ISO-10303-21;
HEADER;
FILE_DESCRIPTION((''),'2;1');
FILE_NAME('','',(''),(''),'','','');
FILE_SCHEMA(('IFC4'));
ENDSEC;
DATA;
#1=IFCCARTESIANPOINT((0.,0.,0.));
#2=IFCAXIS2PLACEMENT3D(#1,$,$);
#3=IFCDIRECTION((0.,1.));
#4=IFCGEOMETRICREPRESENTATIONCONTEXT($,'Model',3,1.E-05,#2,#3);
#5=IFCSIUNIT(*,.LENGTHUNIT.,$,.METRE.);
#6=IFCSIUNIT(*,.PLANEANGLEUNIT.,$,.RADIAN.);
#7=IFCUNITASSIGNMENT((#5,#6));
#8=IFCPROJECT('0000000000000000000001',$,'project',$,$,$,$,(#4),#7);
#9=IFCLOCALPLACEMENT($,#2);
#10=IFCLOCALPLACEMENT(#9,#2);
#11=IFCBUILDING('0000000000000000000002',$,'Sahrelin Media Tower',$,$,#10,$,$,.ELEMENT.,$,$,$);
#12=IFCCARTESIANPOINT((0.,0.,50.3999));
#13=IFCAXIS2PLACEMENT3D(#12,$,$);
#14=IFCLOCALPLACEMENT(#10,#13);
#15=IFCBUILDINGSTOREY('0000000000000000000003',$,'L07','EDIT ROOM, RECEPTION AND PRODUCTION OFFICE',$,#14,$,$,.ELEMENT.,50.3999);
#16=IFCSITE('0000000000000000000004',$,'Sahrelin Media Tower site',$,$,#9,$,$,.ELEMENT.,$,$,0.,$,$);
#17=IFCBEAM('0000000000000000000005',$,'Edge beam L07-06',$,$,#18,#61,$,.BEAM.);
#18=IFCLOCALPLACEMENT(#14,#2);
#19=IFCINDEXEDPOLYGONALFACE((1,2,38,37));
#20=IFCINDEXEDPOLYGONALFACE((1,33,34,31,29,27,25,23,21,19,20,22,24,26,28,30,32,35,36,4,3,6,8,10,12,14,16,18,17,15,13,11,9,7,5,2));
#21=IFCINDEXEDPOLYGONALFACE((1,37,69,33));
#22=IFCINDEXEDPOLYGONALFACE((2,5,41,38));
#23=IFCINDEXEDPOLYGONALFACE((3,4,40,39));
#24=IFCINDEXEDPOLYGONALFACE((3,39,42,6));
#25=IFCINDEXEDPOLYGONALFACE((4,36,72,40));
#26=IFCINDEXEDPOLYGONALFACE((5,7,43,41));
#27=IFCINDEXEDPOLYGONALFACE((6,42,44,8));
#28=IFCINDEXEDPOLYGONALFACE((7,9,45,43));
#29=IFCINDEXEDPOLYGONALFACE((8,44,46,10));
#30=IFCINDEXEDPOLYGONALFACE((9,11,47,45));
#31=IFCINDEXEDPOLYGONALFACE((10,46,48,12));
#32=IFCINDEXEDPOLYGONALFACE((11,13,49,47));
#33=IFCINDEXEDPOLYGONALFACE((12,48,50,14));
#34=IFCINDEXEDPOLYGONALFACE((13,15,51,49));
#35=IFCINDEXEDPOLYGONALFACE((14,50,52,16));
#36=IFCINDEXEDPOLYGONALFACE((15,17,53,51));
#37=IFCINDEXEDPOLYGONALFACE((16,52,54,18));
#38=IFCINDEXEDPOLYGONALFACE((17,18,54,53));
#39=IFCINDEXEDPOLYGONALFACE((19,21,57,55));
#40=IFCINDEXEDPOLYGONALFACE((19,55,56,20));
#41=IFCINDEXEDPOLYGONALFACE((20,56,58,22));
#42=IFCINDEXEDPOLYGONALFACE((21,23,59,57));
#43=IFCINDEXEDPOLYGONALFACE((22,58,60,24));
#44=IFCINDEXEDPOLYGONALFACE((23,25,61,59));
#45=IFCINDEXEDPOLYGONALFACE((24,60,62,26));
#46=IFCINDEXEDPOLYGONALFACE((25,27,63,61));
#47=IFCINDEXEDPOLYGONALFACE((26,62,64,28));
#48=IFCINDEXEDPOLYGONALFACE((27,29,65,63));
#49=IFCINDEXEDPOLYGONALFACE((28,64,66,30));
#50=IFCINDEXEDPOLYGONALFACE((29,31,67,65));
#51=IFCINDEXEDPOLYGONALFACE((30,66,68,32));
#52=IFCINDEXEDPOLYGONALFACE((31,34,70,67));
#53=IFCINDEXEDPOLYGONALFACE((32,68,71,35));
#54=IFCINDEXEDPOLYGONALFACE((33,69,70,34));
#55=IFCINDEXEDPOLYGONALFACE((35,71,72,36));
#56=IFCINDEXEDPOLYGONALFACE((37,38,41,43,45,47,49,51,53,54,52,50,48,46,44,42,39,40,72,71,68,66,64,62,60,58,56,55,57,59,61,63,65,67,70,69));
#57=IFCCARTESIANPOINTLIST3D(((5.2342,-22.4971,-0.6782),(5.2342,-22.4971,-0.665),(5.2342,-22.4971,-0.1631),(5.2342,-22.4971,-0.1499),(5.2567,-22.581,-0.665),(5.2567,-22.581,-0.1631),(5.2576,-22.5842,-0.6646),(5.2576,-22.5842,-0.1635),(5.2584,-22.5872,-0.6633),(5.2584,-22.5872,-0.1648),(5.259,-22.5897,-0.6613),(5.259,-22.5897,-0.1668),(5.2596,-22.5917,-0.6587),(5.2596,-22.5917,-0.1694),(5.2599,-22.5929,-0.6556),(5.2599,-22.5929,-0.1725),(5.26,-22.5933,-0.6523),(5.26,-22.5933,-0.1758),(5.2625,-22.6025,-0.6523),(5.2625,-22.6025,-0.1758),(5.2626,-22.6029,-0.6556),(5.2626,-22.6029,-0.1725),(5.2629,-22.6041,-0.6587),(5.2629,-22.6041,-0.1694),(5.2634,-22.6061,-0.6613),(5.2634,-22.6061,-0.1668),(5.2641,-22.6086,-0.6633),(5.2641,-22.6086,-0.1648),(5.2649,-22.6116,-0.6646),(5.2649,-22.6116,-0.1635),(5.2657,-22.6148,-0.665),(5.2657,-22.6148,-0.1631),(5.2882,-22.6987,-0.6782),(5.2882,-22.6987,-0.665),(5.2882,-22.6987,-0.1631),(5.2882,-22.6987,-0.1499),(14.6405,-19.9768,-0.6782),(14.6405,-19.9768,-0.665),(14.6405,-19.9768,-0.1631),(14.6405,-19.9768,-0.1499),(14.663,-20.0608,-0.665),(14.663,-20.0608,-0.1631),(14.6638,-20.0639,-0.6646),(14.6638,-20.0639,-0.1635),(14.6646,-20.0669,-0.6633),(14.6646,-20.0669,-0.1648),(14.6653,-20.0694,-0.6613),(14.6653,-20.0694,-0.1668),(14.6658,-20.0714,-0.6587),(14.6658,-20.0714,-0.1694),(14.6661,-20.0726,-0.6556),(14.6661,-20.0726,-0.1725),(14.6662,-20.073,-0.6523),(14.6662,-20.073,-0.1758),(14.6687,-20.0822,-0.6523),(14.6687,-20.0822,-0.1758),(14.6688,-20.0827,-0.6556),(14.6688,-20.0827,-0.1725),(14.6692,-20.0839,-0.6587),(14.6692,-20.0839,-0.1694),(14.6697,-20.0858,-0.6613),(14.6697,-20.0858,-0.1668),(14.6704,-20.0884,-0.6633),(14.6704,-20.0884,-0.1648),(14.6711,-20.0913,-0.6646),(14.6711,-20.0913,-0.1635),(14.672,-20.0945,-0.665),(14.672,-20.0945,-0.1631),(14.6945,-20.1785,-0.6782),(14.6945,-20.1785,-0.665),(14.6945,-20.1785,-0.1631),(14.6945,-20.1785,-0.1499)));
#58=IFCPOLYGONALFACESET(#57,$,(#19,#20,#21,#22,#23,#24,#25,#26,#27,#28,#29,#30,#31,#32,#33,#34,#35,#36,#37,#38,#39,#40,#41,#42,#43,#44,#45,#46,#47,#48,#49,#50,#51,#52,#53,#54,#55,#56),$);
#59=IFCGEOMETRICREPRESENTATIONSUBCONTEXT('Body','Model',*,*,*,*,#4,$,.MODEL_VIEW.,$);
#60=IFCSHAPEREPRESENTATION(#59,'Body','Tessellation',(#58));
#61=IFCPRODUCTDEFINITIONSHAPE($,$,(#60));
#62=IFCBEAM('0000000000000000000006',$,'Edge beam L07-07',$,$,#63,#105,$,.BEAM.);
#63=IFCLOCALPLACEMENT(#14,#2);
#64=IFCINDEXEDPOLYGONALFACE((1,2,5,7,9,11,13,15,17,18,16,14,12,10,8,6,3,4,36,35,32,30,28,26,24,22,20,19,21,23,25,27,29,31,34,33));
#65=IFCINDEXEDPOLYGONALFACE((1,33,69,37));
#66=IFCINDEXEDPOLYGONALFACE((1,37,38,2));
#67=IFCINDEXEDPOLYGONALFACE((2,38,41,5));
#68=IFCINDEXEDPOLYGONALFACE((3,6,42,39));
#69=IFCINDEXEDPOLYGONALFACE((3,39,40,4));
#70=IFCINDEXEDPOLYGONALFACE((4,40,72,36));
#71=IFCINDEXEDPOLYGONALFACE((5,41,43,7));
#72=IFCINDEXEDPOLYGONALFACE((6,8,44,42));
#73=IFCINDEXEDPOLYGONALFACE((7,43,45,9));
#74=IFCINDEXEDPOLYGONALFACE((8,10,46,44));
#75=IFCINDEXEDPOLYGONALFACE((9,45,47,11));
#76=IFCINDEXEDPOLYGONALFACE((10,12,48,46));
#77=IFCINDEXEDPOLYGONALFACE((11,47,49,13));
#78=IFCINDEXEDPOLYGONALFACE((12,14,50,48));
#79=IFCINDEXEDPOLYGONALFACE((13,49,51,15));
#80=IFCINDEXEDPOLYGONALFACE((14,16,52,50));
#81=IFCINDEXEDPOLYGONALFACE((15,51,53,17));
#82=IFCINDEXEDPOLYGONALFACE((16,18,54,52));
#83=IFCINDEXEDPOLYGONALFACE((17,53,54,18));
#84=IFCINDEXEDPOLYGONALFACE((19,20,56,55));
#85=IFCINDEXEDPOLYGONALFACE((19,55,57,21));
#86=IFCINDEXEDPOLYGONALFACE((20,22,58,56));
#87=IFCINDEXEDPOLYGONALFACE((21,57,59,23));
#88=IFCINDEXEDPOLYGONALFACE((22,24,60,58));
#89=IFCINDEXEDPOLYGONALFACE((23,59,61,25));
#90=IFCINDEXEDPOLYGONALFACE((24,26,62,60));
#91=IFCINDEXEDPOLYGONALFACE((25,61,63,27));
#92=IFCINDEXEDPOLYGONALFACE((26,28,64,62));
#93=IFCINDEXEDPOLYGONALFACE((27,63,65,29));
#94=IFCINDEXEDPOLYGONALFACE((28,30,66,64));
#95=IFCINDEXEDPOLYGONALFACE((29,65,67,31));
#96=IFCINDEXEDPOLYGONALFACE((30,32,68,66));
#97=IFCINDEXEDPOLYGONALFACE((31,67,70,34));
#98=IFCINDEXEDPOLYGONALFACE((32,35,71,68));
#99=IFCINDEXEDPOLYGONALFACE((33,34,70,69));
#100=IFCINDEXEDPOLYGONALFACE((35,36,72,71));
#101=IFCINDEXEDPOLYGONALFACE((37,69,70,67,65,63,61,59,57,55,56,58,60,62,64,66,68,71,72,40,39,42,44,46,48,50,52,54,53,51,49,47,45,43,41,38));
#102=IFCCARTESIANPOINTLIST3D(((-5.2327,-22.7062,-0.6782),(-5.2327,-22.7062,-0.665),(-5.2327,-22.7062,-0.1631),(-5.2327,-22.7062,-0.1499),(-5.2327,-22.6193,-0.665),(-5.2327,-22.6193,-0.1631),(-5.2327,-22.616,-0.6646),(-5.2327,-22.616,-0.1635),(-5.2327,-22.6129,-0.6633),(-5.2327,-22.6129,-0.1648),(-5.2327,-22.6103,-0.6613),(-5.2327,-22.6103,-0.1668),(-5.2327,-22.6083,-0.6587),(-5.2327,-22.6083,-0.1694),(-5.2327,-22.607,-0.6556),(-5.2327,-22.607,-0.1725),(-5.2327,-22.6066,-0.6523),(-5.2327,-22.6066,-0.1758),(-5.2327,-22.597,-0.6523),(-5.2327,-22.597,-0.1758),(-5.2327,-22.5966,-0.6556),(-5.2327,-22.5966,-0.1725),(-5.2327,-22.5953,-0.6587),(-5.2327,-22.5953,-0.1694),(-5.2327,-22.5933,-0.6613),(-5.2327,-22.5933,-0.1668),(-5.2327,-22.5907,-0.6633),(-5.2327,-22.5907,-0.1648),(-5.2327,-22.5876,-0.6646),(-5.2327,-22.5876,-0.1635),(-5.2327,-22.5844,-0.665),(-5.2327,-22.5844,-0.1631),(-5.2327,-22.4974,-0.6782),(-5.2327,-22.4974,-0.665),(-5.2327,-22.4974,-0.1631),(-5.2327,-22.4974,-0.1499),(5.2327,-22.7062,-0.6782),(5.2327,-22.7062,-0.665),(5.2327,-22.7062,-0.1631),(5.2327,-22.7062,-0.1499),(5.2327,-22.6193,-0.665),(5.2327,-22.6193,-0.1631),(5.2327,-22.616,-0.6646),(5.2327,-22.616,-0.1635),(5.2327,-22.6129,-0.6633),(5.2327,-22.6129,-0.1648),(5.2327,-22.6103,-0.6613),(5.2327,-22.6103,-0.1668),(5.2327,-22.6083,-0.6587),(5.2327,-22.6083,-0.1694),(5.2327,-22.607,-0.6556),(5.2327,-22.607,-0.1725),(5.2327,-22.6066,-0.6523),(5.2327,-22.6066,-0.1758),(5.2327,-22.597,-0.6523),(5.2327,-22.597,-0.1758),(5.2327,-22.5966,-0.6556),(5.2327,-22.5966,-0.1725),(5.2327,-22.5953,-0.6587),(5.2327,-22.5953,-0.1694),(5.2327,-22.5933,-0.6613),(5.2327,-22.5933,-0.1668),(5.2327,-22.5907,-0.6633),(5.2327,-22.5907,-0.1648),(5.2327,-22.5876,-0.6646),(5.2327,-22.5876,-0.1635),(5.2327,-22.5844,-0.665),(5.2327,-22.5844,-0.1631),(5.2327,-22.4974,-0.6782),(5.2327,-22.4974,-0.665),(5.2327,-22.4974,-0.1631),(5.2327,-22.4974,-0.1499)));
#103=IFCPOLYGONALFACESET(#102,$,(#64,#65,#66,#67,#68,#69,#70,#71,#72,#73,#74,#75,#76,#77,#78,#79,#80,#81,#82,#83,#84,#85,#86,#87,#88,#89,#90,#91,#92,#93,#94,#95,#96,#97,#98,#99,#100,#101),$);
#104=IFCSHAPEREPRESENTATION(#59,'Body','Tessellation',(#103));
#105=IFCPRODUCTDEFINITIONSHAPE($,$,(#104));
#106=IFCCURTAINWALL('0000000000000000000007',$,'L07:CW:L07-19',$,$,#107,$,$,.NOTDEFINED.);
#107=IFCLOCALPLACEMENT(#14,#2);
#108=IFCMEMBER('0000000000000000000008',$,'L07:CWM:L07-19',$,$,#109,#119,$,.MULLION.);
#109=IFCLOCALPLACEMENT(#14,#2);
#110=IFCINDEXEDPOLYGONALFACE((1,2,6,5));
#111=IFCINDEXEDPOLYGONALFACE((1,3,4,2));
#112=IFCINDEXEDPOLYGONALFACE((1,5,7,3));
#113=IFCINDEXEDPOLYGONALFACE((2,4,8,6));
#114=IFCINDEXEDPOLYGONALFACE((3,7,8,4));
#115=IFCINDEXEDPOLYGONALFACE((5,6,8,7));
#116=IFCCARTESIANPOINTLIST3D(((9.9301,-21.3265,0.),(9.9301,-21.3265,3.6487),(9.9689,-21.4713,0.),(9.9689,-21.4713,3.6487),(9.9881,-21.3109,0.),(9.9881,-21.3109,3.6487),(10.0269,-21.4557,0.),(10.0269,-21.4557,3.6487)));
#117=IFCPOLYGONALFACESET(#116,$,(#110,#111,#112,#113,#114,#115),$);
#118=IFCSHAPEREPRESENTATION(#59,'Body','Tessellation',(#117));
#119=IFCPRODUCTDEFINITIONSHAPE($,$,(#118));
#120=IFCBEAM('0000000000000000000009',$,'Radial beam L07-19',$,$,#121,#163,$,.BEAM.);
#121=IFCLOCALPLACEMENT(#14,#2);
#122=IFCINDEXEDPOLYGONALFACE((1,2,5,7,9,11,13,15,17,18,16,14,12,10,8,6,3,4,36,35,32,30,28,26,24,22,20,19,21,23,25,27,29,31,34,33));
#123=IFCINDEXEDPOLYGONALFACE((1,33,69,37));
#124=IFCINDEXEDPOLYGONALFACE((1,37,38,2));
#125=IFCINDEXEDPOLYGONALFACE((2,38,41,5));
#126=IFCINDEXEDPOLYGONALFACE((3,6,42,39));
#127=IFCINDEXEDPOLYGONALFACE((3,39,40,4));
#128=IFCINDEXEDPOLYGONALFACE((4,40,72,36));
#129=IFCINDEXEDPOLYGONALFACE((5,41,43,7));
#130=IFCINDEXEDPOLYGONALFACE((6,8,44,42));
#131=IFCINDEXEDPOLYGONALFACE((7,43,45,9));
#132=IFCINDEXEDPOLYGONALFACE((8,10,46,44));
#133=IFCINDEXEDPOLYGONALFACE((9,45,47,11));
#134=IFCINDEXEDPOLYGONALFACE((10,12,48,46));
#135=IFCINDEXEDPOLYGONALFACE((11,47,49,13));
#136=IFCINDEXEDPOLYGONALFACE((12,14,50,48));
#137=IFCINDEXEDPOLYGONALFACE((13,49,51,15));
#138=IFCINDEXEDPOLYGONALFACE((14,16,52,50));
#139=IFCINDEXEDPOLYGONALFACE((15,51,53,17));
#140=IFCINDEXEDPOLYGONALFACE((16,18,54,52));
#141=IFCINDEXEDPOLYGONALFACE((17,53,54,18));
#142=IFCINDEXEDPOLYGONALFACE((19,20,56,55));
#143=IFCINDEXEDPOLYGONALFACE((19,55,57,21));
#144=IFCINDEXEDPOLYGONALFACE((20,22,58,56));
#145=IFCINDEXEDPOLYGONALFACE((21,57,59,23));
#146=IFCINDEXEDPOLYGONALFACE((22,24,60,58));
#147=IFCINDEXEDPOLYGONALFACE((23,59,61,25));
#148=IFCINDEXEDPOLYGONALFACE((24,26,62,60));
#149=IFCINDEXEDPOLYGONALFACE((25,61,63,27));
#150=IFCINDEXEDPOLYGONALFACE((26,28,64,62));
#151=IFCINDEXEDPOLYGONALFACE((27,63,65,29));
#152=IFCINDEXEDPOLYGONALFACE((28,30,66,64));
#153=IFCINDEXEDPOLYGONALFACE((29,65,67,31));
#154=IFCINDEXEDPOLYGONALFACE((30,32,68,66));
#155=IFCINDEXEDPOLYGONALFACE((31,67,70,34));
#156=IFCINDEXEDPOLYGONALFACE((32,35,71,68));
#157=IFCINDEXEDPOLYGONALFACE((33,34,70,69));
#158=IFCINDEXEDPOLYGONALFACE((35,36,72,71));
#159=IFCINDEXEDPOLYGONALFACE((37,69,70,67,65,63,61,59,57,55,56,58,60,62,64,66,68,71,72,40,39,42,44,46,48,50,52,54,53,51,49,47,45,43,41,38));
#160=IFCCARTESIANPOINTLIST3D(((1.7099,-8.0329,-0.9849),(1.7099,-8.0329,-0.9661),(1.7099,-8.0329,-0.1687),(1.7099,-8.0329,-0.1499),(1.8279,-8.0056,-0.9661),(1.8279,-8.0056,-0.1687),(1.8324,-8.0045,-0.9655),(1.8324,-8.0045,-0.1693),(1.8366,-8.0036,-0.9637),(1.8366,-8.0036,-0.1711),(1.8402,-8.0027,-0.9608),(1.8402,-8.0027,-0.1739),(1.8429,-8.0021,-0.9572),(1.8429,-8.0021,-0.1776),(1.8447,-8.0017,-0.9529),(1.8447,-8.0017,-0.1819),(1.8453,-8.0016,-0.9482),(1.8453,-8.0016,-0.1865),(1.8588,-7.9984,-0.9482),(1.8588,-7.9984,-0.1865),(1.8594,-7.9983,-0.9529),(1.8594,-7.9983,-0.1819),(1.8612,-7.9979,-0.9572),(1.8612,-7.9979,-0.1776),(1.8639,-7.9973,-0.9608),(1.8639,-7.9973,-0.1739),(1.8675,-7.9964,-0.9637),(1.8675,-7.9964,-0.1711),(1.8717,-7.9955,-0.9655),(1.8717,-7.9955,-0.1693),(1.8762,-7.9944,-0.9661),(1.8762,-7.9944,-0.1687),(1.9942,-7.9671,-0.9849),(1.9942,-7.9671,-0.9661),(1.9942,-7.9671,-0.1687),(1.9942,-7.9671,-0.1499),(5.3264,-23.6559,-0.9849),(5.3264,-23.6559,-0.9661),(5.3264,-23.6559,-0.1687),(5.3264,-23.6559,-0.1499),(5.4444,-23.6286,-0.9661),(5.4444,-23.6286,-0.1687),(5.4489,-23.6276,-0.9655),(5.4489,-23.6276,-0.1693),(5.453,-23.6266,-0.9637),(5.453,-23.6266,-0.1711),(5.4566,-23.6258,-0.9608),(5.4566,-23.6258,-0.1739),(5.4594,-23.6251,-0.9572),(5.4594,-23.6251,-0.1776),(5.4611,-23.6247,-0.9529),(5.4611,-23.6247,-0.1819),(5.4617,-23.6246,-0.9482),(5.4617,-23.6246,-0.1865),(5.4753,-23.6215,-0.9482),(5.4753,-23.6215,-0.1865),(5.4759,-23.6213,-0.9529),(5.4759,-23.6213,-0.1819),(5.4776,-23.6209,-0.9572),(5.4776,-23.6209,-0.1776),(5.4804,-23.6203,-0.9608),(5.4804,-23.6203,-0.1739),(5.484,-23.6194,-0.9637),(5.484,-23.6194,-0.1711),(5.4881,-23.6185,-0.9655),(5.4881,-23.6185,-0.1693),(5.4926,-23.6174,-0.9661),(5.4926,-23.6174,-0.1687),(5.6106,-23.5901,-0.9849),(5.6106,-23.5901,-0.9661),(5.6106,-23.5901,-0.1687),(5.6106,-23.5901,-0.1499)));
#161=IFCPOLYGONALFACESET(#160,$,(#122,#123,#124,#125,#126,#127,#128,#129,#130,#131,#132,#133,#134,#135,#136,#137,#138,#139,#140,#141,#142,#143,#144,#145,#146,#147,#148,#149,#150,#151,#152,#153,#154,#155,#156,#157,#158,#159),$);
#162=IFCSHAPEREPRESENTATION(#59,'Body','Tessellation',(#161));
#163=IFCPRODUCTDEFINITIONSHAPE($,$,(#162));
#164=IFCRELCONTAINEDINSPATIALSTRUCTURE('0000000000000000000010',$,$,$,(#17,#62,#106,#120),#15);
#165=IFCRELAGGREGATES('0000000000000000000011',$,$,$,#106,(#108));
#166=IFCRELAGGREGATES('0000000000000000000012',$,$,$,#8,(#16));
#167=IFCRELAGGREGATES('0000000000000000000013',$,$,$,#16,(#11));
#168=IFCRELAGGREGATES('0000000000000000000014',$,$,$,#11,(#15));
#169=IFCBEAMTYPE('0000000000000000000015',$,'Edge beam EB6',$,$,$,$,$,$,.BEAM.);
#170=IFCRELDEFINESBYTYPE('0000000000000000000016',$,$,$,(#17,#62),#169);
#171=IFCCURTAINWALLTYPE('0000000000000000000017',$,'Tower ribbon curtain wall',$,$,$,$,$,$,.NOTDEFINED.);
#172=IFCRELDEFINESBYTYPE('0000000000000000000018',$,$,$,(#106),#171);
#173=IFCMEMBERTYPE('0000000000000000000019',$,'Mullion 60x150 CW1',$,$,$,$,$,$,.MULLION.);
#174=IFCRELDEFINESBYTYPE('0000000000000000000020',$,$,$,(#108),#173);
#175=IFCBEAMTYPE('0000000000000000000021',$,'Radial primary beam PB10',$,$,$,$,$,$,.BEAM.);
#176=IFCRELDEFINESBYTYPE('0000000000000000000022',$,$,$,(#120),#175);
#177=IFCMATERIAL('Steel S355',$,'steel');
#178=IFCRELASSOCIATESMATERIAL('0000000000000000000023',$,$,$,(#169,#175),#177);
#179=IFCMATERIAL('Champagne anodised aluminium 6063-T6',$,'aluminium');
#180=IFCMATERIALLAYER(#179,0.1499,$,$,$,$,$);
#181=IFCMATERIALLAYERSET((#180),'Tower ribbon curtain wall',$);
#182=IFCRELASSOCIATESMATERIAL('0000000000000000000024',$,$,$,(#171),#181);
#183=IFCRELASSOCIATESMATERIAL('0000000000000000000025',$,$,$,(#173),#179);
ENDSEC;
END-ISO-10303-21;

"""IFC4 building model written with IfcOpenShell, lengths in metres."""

from ifc_helpers import new_model, si_unit, direction, frame, origin, origin_2d, place, context, subcontext, project, spatial, rectangle, i_section, extrude, material, layer, layer_set, material_profile, profile_set, type_object, element, aggregate, save


model = new_model("IFC4")

# Units and contexts
model_context = context("Model", 3, precision=1e-05, world=origin(), true_north=direction((0.0, 1.0)))
body_context = subcontext(model_context, "Body", "Model", "MODEL_VIEW")
ifc_project = project(units=[si_unit("LENGTHUNIT", "METRE"), si_unit("PLANEANGLEUNIT", "RADIAN")], contexts=[model_context])

# Site, building, storey
site_placement = place(None, origin())
site = spatial("IfcSite", under=ifc_project, at=site_placement, Name="Sahrelin Media Tower site", CompositionType="ELEMENT", RefElevation=0.0)
building_placement = place(site_placement, origin())
building = spatial("IfcBuilding", under=site, at=building_placement, Name="Sahrelin Media Tower", CompositionType="ELEMENT")
storey_placement = place(building_placement, frame((0.0, 0.0, 50.3999)))
storey = spatial("IfcBuildingStorey", under=building, at=storey_placement, Name="L07", Description="EDIT ROOM, RECEPTION AND PRODUCTION OFFICE", CompositionType="ELEMENT", Elevation=50.3999)

# Beams
ifc_material_1 = material(Name="Steel S355", Category="steel")
ifc_material_profile_1 = material_profile(ifc_material_1, i_section(OverallWidth=0.2087, OverallDepth=0.5283, WebThickness=0.0095, FlangeThickness=0.0132, FilletRadius=0.0127, at=origin_2d()), Name="UB 533x210x82")
ifc_profile_set_1 = profile_set([ifc_material_profile_1], Name="Steel S355")
beam_type_1 = type_object("IfcBeamType", Name="Edge beam EB6", PredefinedType="BEAM", material=ifc_profile_set_1)
beam_1_placement = place(storey_placement, frame((14.6675, -20.0776, -0.4141), z_axis=(-0.965929, -0.258806, 0.0), x_axis=(0.258806, -0.965929, 0.0)))
element("IfcBeam", 1, at=beam_1_placement, inside=storey, type_object=beam_type_1, Name="Edge beam L07-06", PredefinedType="BEAM", context=body_context, shape_type="SweptSolid", body=[
    extrude(i_section(OverallWidth=0.2087, OverallDepth=0.5283, WebThickness=0.0095, FlangeThickness=0.0132, FilletRadius=0.0127, at=origin_2d()), origin(), (0.0, 0.0, 1.0), 9.738),
])
beam_2_placement = place(storey_placement, frame((5.2327, -22.6018, -0.4141), z_axis=(-1.0, 0.0, 0.0), x_axis=(0.0, -1.0, 0.0)))
element("IfcBeam", 2, at=beam_2_placement, inside=storey, type_object=beam_type_1, Name="Edge beam L07-07", PredefinedType="BEAM", context=body_context, shape_type="SweptSolid", body=[
    extrude(i_section(OverallWidth=0.2087, OverallDepth=0.5283, WebThickness=0.0095, FlangeThickness=0.0132, FilletRadius=0.0127, at=origin_2d()), origin(), (0.0, 0.0, 1.0), 10.4653),
])

# Curtain wall, member
ifc_material_2 = material(Name="Champagne anodised aluminium 6063-T6", Category="aluminium")
ifc_layer_1 = layer(ifc_material_2, 0.1499)
ifc_layer_set_1 = layer_set([ifc_layer_1], Name="Tower ribbon curtain wall")
curtain_wall_type = type_object("IfcCurtainWallType", Name="Tower ribbon curtain wall", PredefinedType="NOTDEFINED", material=ifc_layer_set_1)
curtain_wall_placement = place(storey_placement, frame((10.0032, -21.4827, 0.0), z_axis=(0.0, 0.0, 1.0), x_axis=(1.0, 0.0, 0.0)))
curtain_wall = element("IfcCurtainWall", 3, at=curtain_wall_placement, inside=storey, type_object=curtain_wall_type, Name="L07:CW:L07-19", PredefinedType="NOTDEFINED")
ifc_material_profile_2 = material_profile(ifc_material_2, rectangle(XDim=0.0601, YDim=0.1499, at=origin_2d()), Name="Mullion 60x150")
ifc_profile_set_2 = profile_set([ifc_material_profile_2], Name="Champagne anodised aluminium 6063-T6")
member_type_1 = type_object("IfcMemberType", Name="Mullion 60x150 CW1", PredefinedType="MULLION", material=ifc_profile_set_2)
member_1_placement = place(storey_placement, frame((9.9785, -21.3911, 0.0), z_axis=(0.0, 0.0, 1.0), x_axis=(0.965927, 0.258814, 0.0)))
member_1 = element("IfcMember", 4, at=member_1_placement, type_object=member_type_1, Name="L07:CWM:L07-19", PredefinedType="MULLION", context=body_context, shape_type="SweptSolid", body=[
    extrude(rectangle(XDim=0.0601, YDim=0.1499, at=origin_2d()), origin(), (0.0, 0.0, 1.0), 3.6487),
])

# Beam
ifc_material_profile_3 = material_profile(ifc_material_1, i_section(OverallWidth=0.2917, OverallDepth=0.835, WebThickness=0.0139, FlangeThickness=0.0188, FilletRadius=0.0178, at=origin_2d()), Name="UB 838x292x176")
ifc_profile_set_3 = profile_set([ifc_material_profile_3], Name="Steel S355")
beam_type_2 = type_object("IfcBeamType", Name="Radial primary beam PB10", PredefinedType="BEAM", material=ifc_profile_set_3)
beam_3_placement = place(storey_placement, frame((1.8521, -8.0, -0.5674), z_axis=(0.225519, -0.974239, 0.0), x_axis=(0.974239, 0.225519, 0.0)))
element("IfcBeam", 5, at=beam_3_placement, inside=storey, type_object=beam_type_2, Name="Radial beam L07-19", PredefinedType="BEAM", context=body_context, shape_type="SweptSolid", body=[
    extrude(i_section(OverallWidth=0.2917, OverallDepth=0.835, WebThickness=0.0139, FlangeThickness=0.0188, FilletRadius=0.0178, at=origin_2d()), origin(), (0.0, 0.0, 1.0), 16.0361),
])

aggregate(curtain_wall, [member_1])

save(model, "model.ifc")
